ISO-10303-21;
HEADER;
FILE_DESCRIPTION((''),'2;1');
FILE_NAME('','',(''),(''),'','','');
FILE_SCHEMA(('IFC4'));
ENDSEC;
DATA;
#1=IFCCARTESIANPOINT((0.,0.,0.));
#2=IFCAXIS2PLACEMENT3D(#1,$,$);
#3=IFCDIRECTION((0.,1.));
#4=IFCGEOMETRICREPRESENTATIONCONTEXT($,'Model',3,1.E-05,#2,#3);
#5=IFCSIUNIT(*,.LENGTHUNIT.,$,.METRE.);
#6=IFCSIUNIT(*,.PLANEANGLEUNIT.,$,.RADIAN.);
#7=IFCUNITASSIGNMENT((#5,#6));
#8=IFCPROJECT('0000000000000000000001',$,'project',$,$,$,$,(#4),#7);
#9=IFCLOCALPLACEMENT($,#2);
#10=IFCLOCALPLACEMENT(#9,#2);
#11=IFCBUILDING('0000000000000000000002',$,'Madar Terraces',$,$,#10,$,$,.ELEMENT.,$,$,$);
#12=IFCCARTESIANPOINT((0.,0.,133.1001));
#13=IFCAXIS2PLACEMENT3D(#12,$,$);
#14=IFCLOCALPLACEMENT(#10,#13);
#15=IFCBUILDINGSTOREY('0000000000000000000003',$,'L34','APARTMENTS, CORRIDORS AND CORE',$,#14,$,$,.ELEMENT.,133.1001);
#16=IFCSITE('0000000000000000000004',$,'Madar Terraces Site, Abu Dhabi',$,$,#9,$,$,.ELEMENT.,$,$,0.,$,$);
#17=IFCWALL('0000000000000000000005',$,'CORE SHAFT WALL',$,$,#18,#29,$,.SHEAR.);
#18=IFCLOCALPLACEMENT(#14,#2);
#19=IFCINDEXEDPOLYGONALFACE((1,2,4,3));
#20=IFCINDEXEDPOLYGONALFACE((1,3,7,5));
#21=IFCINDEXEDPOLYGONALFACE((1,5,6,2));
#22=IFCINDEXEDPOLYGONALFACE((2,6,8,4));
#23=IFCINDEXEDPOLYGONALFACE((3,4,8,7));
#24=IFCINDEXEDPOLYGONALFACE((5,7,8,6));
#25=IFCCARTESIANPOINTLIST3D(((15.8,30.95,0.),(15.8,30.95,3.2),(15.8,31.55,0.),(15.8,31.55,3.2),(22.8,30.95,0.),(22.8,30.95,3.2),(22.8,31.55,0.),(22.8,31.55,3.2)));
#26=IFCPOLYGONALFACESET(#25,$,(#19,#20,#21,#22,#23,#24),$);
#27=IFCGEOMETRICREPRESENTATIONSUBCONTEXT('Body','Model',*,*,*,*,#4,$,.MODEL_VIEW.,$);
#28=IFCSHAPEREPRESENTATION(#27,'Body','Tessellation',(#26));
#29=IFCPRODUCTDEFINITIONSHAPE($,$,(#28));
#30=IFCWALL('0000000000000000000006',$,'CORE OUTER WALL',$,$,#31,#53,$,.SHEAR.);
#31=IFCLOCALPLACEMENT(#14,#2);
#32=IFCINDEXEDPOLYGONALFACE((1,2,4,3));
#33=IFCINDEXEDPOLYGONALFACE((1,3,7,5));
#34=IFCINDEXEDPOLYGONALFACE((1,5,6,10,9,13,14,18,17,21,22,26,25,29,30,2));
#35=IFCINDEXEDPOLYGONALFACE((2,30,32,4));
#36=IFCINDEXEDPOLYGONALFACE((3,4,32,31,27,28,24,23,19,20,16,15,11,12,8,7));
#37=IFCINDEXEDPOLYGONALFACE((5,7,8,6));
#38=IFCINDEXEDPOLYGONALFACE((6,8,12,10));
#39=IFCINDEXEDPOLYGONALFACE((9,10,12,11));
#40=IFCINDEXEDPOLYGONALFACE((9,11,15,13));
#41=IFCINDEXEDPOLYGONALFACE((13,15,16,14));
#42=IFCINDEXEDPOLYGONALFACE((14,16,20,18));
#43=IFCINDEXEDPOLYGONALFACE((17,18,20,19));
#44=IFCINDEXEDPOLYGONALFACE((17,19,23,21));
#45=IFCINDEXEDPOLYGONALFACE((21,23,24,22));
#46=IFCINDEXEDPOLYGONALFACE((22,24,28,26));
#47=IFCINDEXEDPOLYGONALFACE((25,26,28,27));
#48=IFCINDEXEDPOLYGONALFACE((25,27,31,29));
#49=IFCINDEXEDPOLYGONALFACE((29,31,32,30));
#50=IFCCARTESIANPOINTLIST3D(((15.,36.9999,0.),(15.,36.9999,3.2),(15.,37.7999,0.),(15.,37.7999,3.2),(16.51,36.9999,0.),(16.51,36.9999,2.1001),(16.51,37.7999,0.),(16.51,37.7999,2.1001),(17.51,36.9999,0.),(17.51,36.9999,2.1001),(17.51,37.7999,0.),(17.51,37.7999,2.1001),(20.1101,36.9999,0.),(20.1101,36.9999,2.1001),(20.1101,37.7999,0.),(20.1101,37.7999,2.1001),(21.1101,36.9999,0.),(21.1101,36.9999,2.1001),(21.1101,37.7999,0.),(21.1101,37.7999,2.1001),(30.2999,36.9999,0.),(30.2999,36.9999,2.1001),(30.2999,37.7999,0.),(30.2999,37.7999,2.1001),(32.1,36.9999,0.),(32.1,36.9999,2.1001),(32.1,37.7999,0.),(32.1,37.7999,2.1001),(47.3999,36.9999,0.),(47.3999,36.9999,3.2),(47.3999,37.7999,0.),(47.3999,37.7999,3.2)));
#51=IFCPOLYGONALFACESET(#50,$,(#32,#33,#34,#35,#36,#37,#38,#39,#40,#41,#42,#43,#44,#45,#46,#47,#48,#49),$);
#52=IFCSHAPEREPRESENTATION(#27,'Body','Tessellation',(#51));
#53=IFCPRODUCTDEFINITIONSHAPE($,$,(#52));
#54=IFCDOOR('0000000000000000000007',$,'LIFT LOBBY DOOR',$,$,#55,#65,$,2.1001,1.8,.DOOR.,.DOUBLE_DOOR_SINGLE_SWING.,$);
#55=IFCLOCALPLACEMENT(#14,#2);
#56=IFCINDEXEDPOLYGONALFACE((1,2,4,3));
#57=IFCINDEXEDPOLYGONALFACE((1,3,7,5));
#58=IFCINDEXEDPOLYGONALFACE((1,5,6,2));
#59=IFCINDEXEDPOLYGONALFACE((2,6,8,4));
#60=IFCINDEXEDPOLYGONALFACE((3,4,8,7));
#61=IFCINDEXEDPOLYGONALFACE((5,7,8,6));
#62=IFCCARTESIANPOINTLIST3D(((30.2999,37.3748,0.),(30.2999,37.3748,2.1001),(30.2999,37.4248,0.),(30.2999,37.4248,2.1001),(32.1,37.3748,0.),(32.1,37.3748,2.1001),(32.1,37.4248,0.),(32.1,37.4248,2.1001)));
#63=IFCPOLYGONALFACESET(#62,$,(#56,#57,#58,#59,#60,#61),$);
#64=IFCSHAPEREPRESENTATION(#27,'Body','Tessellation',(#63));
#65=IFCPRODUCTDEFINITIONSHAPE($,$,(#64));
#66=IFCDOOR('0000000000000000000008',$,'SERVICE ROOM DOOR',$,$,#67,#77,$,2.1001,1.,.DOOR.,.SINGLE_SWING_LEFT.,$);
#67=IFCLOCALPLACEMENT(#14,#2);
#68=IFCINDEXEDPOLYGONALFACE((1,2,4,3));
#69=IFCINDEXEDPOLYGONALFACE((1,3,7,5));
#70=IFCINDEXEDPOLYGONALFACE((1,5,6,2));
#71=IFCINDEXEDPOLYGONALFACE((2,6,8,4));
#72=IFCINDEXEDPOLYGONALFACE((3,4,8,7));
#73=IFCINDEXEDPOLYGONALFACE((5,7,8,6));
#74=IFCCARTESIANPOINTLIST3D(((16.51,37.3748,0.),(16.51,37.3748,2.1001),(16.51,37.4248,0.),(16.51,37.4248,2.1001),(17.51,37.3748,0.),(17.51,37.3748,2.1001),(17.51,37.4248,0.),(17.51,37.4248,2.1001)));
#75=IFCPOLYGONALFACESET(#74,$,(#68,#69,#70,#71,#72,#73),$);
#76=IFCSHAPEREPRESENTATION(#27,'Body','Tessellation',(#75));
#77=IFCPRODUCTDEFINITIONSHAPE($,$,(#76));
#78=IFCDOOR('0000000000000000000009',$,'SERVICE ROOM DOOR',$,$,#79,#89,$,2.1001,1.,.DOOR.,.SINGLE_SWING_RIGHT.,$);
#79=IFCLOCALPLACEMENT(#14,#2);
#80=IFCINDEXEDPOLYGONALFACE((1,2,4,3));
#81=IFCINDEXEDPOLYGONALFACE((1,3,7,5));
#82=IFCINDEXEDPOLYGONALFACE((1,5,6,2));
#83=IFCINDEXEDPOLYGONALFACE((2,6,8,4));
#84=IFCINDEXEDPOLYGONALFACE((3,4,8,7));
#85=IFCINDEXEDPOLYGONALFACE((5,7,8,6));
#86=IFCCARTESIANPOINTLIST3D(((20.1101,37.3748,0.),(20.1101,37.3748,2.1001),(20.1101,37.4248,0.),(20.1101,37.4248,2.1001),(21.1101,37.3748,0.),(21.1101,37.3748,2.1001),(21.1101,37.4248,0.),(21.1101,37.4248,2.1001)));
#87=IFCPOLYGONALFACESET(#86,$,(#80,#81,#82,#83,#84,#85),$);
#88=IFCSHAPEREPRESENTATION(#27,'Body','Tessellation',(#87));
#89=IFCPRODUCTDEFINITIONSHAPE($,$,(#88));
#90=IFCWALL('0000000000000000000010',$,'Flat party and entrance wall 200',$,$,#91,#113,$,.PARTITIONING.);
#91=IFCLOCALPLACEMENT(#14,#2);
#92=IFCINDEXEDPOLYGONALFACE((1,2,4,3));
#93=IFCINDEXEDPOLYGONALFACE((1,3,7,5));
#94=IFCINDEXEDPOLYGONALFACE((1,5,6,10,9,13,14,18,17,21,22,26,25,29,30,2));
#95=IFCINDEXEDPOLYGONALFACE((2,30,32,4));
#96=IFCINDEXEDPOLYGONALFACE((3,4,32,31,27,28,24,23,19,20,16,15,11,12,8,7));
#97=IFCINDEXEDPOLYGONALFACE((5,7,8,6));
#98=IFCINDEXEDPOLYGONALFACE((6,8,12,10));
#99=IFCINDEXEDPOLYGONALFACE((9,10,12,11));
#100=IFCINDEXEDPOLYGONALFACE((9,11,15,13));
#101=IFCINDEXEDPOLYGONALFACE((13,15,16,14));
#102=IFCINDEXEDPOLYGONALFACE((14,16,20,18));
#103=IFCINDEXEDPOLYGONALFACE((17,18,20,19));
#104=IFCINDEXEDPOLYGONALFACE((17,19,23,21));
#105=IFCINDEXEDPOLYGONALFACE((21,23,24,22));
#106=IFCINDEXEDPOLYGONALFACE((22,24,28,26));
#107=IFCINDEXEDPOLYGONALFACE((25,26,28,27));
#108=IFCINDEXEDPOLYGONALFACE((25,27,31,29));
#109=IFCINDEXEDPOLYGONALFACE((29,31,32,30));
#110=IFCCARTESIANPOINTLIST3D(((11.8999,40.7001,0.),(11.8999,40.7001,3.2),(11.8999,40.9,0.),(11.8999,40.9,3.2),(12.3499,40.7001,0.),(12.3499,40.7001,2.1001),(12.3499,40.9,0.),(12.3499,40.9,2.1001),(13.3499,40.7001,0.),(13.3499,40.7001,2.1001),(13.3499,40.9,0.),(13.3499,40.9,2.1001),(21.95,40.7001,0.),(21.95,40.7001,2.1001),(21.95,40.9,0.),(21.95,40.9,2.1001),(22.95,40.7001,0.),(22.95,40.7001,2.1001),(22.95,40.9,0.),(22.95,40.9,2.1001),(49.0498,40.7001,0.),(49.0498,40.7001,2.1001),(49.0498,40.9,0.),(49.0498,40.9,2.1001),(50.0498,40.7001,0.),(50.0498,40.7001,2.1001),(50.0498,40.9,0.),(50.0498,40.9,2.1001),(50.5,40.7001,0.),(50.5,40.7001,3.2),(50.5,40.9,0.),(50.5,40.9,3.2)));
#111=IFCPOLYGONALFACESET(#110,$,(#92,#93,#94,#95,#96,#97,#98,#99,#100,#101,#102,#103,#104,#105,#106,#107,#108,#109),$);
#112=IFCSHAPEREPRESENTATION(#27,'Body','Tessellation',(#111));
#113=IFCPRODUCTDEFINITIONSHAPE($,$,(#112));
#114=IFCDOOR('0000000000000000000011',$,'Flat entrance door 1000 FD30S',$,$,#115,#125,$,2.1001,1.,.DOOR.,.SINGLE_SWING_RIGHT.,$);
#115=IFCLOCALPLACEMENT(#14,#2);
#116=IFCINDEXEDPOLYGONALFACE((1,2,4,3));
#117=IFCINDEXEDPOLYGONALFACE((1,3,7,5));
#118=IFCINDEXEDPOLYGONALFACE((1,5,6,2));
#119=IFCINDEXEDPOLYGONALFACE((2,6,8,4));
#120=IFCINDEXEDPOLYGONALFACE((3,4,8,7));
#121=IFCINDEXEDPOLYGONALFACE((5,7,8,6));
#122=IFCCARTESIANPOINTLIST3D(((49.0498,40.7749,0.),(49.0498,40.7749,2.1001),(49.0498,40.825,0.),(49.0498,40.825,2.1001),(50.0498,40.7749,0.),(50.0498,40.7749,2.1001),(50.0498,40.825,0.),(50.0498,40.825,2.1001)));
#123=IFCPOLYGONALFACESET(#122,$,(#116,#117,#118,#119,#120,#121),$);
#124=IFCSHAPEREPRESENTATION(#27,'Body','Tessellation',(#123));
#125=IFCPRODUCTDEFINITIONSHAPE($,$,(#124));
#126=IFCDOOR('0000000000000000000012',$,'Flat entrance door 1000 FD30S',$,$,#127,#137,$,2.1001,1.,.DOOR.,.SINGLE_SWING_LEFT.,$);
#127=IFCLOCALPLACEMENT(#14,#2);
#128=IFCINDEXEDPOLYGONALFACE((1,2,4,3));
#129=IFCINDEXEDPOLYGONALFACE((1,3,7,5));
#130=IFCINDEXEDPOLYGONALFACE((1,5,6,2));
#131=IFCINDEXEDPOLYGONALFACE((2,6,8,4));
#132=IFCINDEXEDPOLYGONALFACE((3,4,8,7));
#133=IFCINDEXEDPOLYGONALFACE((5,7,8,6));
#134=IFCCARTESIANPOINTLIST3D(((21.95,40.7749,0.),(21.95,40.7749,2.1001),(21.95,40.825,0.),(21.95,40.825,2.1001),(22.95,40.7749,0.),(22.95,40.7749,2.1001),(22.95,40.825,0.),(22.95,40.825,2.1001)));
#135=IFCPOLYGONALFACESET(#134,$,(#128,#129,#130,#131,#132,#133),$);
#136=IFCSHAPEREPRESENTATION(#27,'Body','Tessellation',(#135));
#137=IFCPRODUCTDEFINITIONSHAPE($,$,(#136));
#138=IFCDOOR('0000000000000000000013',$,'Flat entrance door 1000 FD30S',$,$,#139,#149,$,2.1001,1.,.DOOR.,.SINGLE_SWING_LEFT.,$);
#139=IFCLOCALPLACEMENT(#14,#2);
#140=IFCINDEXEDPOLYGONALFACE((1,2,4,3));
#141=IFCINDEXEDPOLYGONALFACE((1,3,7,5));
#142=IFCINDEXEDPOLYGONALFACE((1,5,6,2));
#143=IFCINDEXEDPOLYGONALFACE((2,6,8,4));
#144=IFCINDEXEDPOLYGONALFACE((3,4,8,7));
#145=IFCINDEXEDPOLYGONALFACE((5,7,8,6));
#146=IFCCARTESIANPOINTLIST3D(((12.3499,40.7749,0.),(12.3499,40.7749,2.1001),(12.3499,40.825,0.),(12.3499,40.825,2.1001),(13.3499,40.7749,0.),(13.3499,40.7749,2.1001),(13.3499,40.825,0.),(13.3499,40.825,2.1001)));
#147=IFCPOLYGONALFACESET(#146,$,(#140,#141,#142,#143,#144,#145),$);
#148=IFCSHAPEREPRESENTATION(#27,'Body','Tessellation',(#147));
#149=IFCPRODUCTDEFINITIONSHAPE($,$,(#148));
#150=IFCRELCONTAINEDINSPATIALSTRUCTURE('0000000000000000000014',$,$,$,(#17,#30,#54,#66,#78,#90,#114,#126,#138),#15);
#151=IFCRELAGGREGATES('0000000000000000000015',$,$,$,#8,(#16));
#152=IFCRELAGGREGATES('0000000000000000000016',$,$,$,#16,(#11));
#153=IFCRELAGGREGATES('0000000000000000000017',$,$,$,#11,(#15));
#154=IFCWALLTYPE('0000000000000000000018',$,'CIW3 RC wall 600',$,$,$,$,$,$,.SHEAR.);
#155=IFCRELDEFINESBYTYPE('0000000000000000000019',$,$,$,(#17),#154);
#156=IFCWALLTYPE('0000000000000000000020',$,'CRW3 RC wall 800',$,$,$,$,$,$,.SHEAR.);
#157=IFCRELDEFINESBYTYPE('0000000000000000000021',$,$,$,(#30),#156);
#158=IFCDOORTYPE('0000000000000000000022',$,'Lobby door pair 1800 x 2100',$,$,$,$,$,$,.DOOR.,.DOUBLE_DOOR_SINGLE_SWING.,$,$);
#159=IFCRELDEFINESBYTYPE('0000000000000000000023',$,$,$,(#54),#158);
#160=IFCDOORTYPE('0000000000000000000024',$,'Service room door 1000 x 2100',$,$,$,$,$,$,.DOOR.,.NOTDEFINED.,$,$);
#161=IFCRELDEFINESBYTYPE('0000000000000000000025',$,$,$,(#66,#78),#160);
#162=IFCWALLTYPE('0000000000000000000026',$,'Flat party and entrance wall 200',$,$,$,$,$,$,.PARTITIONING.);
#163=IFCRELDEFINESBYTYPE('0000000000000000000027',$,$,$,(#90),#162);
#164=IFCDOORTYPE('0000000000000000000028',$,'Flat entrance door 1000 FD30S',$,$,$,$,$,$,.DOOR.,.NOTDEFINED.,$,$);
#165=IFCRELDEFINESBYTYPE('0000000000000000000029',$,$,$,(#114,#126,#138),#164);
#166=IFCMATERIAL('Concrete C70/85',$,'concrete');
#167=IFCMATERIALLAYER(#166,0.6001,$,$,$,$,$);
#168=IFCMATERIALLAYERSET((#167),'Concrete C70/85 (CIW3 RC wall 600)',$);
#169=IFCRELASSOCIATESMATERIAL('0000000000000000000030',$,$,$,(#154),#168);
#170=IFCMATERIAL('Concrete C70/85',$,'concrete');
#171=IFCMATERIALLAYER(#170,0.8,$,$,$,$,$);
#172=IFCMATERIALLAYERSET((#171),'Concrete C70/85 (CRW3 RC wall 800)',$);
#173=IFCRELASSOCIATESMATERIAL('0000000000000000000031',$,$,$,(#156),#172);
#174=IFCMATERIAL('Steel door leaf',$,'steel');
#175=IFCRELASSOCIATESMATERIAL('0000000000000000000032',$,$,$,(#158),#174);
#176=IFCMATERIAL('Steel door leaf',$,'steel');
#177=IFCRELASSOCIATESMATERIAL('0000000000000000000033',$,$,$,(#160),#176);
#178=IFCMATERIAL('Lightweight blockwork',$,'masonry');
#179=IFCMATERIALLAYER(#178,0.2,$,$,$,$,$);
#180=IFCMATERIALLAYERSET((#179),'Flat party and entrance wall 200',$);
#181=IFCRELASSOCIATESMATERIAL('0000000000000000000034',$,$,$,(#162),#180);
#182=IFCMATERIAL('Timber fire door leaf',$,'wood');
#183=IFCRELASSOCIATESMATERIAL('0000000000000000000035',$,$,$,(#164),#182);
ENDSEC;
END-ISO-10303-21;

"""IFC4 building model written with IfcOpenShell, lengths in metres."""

from ifc_helpers import new_model, si_unit, direction, frame, frame_2d, origin, place, context, subcontext, project, spatial, rectangle, extrude, material, layer, layer_set, type_object, element, fill, save


model = new_model("IFC4")

# Units and contexts
model_context = context("Model", 3, precision=1e-05, world=origin(), true_north=direction((0.0, 1.0)))
body_context = subcontext(model_context, "Body", "Model", "MODEL_VIEW")
ifc_project = project(units=[si_unit("LENGTHUNIT", "METRE"), si_unit("PLANEANGLEUNIT", "RADIAN")], contexts=[model_context])

# Site, building, storey
site_placement = place(None, origin())
site = spatial("IfcSite", under=ifc_project, at=site_placement, Name="Madar Terraces Site, Abu Dhabi", CompositionType="ELEMENT", RefElevation=0.0)
building_placement = place(site_placement, origin())
building = spatial("IfcBuilding", under=site, at=building_placement, Name="Madar Terraces", CompositionType="ELEMENT")
storey_placement = place(building_placement, frame((0.0, 0.0, 133.1001)))
storey = spatial("IfcBuildingStorey", under=building, at=storey_placement, Name="L34", Description="APARTMENTS, CORRIDORS AND CORE", CompositionType="ELEMENT", Elevation=133.1001)

# Wall
ifc_material_1 = material(Name="Concrete C70/85", Category="concrete")
ifc_layer_1 = layer(ifc_material_1, 0.6001)
ifc_layer_set_1 = layer_set([ifc_layer_1], Name="Concrete C70/85 (CIW3 RC wall 600)")
wall_type_1 = type_object("IfcWallType", Name="CIW3 RC wall 600", PredefinedType="SHEAR", material=ifc_layer_set_1)
wall_1_placement = place(storey_placement, frame((15.8, 31.25, 0.0), z_axis=(0.0, 0.0, 1.0), x_axis=(1.0, 0.0, 0.0)))
element("IfcWall", 1, at=wall_1_placement, inside=storey, type_object=wall_type_1, Name="CORE SHAFT WALL", PredefinedType="SHEAR", context=body_context, shape_type="SweptSolid", body=[
    extrude(rectangle(XDim=7.0, YDim=0.6001, at=frame_2d((3.5, 0.0))), origin(), (0.0, 0.0, 1.0), 3.2),
])

# Walls, openings, doors
ifc_material_2 = material(Name="Concrete C70/85", Category="concrete")
ifc_layer_2 = layer(ifc_material_2, 0.8)
ifc_layer_set_2 = layer_set([ifc_layer_2], Name="Concrete C70/85 (CRW3 RC wall 800)")
wall_type_2 = type_object("IfcWallType", Name="CRW3 RC wall 800", PredefinedType="SHEAR", material=ifc_layer_set_2)
wall_2_placement = place(storey_placement, frame((15.0, 37.3999, 0.0), z_axis=(0.0, 0.0, 1.0), x_axis=(1.0, 0.0, 0.0)))
wall_2 = element("IfcWall", 2, at=wall_2_placement, inside=storey, type_object=wall_type_2, Name="CORE OUTER WALL", PredefinedType="SHEAR", context=body_context, shape_type="SweptSolid", body=[
    extrude(rectangle(XDim=32.3999, YDim=0.8, at=frame_2d((16.2, 0.0))), origin(), (0.0, 0.0, 1.0), 3.2),
])
opening_1_placement = place(wall_2_placement, frame((15.3, 0.0, 0.0)))
opening_1 = element("IfcOpeningElement", 3, at=opening_1_placement, cuts=wall_2, PredefinedType="OPENING", context=body_context, shape_type="SweptSolid", body=[
    extrude(rectangle(XDim=1.8, YDim=2.1001, at=frame_2d((0.8999, 1.05))), frame((0.0, 0.4099, 0.0), z_axis=(0.0, -1.0, 0.0), x_axis=(1.0, 0.0, 0.0)), (0.0, 0.0, 1.0), 0.8201),
])
opening_2_placement = place(wall_2_placement, frame((1.51, 0.0, 0.0)))
opening_2 = element("IfcOpeningElement", 4, at=opening_2_placement, cuts=wall_2, PredefinedType="OPENING", context=body_context, shape_type="SweptSolid", body=[
    extrude(rectangle(XDim=1.0, YDim=2.1001, at=frame_2d((0.5, 1.05))), frame((0.0, 0.4099, 0.0), z_axis=(0.0, -1.0, 0.0), x_axis=(1.0, 0.0, 0.0)), (0.0, 0.0, 1.0), 0.8201),
])
opening_3_placement = place(wall_2_placement, frame((5.1101, 0.0, 0.0)))
opening_3 = element("IfcOpeningElement", 5, at=opening_3_placement, cuts=wall_2, PredefinedType="OPENING", context=body_context, shape_type="SweptSolid", body=[
    extrude(rectangle(XDim=1.0, YDim=2.1001, at=frame_2d((0.5, 1.05))), frame((0.0, 0.4099, 0.0), z_axis=(0.0, -1.0, 0.0), x_axis=(1.0, 0.0, 0.0)), (0.0, 0.0, 1.0), 0.8201),
])
ifc_material_3 = material(Name="Steel door leaf", Category="steel")
door_type_1 = type_object("IfcDoorType", Name="Lobby door pair 1800 x 2100", OperationType="DOUBLE_DOOR_SINGLE_SWING", PredefinedType="DOOR", material=ifc_material_3)
door_1_placement = place(opening_1_placement, origin())
door_1 = element("IfcDoor", 6, at=door_1_placement, inside=storey, type_object=door_type_1, Name="LIFT LOBBY DOOR", OperationType="DOUBLE_DOOR_SINGLE_SWING", OverallHeight=2.1001, OverallWidth=1.8, PredefinedType="DOOR", context=body_context, shape_type="SweptSolid", body=[
    extrude(rectangle(XDim=1.8, YDim=2.1001, at=frame_2d((0.8999, 1.05))), frame((0.0, 0.0249, 0.0), z_axis=(0.0, -1.0, 0.0), x_axis=(1.0, 0.0, 0.0)), (0.0, 0.0, 1.0), 0.05),
])
fill(opening_1, door_1)
ifc_material_4 = material(Name="Steel door leaf", Category="steel")
door_type_2 = type_object("IfcDoorType", Name="Service room door 1000 x 2100", OperationType="NOTDEFINED", PredefinedType="DOOR", material=ifc_material_4)
door_2_placement = place(opening_2_placement, origin())
door_2 = element("IfcDoor", 7, at=door_2_placement, inside=storey, type_object=door_type_2, Name="SERVICE ROOM DOOR", OperationType="SINGLE_SWING_LEFT", OverallHeight=2.1001, OverallWidth=1.0, PredefinedType="DOOR", context=body_context, shape_type="SweptSolid", body=[
    extrude(rectangle(XDim=1.0, YDim=2.1001, at=frame_2d((0.5, 1.05))), frame((0.0, 0.0249, 0.0), z_axis=(0.0, -1.0, 0.0), x_axis=(1.0, 0.0, 0.0)), (0.0, 0.0, 1.0), 0.05),
])
fill(opening_2, door_2)
door_3_placement = place(opening_3_placement, origin())
door_3 = element("IfcDoor", 8, at=door_3_placement, inside=storey, type_object=door_type_2, Name="SERVICE ROOM DOOR", OperationType="SINGLE_SWING_RIGHT", OverallHeight=2.1001, OverallWidth=1.0, PredefinedType="DOOR", context=body_context, shape_type="SweptSolid", body=[
    extrude(rectangle(XDim=1.0, YDim=2.1001, at=frame_2d((0.5, 1.05))), frame((0.0, 0.0249, 0.0), z_axis=(0.0, -1.0, 0.0), x_axis=(1.0, 0.0, 0.0)), (0.0, 0.0, 1.0), 0.05),
])
fill(opening_3, door_3)
ifc_material_5 = material(Name="Lightweight blockwork", Category="masonry")
ifc_layer_3 = layer(ifc_material_5, 0.2)
ifc_layer_set_3 = layer_set([ifc_layer_3], Name="Flat party and entrance wall 200")
wall_type_3 = type_object("IfcWallType", Name="Flat party and entrance wall 200", PredefinedType="PARTITIONING", material=ifc_layer_set_3)
wall_3_placement = place(storey_placement, frame((11.8999, 40.8, 0.0), z_axis=(0.0, 0.0, 1.0), x_axis=(1.0, 0.0, 0.0)))
wall_3 = element("IfcWall", 9, at=wall_3_placement, inside=storey, type_object=wall_type_3, Name="Flat party and entrance wall 200", PredefinedType="PARTITIONING", context=body_context, shape_type="SweptSolid", body=[
    extrude(rectangle(XDim=38.6001, YDim=0.2, at=frame_2d((19.3, 0.0))), origin(), (0.0, 0.0, 1.0), 3.2),
])
opening_4_placement = place(wall_3_placement, frame((37.1499, 0.0, 0.0)))
opening_4 = element("IfcOpeningElement", 10, at=opening_4_placement, cuts=wall_3, PredefinedType="OPENING", context=body_context, shape_type="SweptSolid", body=[
    extrude(rectangle(XDim=1.0, YDim=2.1001, at=frame_2d((0.5, 1.05))), frame((0.0, 0.1099, 0.0), z_axis=(0.0, -1.0, 0.0), x_axis=(1.0, 0.0, 0.0)), (0.0, 0.0, 1.0), 0.22),
])
opening_5_placement = place(wall_3_placement, frame((10.05, 0.0, 0.0)))
opening_5 = element("IfcOpeningElement", 11, at=opening_5_placement, cuts=wall_3, PredefinedType="OPENING", context=body_context, shape_type="SweptSolid", body=[
    extrude(rectangle(XDim=1.0, YDim=2.1001, at=frame_2d((0.5, 1.05))), frame((0.0, 0.1099, 0.0), z_axis=(0.0, -1.0, 0.0), x_axis=(1.0, 0.0, 0.0)), (0.0, 0.0, 1.0), 0.22),
])
opening_6_placement = place(wall_3_placement, frame((0.45, 0.0, 0.0)))
opening_6 = element("IfcOpeningElement", 12, at=opening_6_placement, cuts=wall_3, PredefinedType="OPENING", context=body_context, shape_type="SweptSolid", body=[
    extrude(rectangle(XDim=1.0, YDim=2.1001, at=frame_2d((0.5, 1.05))), frame((0.0, 0.1099, 0.0), z_axis=(0.0, -1.0, 0.0), x_axis=(1.0, 0.0, 0.0)), (0.0, 0.0, 1.0), 0.22),
])
ifc_material_6 = material(Name="Timber fire door leaf", Category="wood")
door_type_3 = type_object("IfcDoorType", Name="Flat entrance door 1000 FD30S", OperationType="NOTDEFINED", PredefinedType="DOOR", material=ifc_material_6)
door_4_placement = place(opening_4_placement, origin())
door_4 = element("IfcDoor", 13, at=door_4_placement, inside=storey, type_object=door_type_3, Name="Flat entrance door 1000 FD30S", OperationType="SINGLE_SWING_RIGHT", OverallHeight=2.1001, OverallWidth=1.0, PredefinedType="DOOR", context=body_context, shape_type="SweptSolid", body=[
    extrude(rectangle(XDim=1.0, YDim=2.1001, at=frame_2d((0.5, 1.05))), frame((0.0, 0.0249, 0.0), z_axis=(0.0, -1.0, 0.0), x_axis=(1.0, 0.0, 0.0)), (0.0, 0.0, 1.0), 0.05),
])
fill(opening_4, door_4)
door_5_placement = place(opening_5_placement, origin())
door_5 = element("IfcDoor", 14, at=door_5_placement, inside=storey, type_object=door_type_3, Name="Flat entrance door 1000 FD30S", OperationType="SINGLE_SWING_LEFT", OverallHeight=2.1001, OverallWidth=1.0, PredefinedType="DOOR", context=body_context, shape_type="SweptSolid", body=[
    extrude(rectangle(XDim=1.0, YDim=2.1001, at=frame_2d((0.5, 1.05))), frame((0.0, 0.0249, 0.0), z_axis=(0.0, -1.0, 0.0), x_axis=(1.0, 0.0, 0.0)), (0.0, 0.0, 1.0), 0.05),
])
fill(opening_5, door_5)
door_6_placement = place(opening_6_placement, origin())
door_6 = element("IfcDoor", 15, at=door_6_placement, inside=storey, type_object=door_type_3, Name="Flat entrance door 1000 FD30S", OperationType="SINGLE_SWING_LEFT", OverallHeight=2.1001, OverallWidth=1.0, PredefinedType="DOOR", context=body_context, shape_type="SweptSolid", body=[
    extrude(rectangle(XDim=1.0, YDim=2.1001, at=frame_2d((0.5, 1.05))), frame((0.0, 0.0249, 0.0), z_axis=(0.0, -1.0, 0.0), x_axis=(1.0, 0.0, 0.0)), (0.0, 0.0, 1.0), 0.05),
])
fill(opening_6, door_6)

save(model, "model.ifc")
